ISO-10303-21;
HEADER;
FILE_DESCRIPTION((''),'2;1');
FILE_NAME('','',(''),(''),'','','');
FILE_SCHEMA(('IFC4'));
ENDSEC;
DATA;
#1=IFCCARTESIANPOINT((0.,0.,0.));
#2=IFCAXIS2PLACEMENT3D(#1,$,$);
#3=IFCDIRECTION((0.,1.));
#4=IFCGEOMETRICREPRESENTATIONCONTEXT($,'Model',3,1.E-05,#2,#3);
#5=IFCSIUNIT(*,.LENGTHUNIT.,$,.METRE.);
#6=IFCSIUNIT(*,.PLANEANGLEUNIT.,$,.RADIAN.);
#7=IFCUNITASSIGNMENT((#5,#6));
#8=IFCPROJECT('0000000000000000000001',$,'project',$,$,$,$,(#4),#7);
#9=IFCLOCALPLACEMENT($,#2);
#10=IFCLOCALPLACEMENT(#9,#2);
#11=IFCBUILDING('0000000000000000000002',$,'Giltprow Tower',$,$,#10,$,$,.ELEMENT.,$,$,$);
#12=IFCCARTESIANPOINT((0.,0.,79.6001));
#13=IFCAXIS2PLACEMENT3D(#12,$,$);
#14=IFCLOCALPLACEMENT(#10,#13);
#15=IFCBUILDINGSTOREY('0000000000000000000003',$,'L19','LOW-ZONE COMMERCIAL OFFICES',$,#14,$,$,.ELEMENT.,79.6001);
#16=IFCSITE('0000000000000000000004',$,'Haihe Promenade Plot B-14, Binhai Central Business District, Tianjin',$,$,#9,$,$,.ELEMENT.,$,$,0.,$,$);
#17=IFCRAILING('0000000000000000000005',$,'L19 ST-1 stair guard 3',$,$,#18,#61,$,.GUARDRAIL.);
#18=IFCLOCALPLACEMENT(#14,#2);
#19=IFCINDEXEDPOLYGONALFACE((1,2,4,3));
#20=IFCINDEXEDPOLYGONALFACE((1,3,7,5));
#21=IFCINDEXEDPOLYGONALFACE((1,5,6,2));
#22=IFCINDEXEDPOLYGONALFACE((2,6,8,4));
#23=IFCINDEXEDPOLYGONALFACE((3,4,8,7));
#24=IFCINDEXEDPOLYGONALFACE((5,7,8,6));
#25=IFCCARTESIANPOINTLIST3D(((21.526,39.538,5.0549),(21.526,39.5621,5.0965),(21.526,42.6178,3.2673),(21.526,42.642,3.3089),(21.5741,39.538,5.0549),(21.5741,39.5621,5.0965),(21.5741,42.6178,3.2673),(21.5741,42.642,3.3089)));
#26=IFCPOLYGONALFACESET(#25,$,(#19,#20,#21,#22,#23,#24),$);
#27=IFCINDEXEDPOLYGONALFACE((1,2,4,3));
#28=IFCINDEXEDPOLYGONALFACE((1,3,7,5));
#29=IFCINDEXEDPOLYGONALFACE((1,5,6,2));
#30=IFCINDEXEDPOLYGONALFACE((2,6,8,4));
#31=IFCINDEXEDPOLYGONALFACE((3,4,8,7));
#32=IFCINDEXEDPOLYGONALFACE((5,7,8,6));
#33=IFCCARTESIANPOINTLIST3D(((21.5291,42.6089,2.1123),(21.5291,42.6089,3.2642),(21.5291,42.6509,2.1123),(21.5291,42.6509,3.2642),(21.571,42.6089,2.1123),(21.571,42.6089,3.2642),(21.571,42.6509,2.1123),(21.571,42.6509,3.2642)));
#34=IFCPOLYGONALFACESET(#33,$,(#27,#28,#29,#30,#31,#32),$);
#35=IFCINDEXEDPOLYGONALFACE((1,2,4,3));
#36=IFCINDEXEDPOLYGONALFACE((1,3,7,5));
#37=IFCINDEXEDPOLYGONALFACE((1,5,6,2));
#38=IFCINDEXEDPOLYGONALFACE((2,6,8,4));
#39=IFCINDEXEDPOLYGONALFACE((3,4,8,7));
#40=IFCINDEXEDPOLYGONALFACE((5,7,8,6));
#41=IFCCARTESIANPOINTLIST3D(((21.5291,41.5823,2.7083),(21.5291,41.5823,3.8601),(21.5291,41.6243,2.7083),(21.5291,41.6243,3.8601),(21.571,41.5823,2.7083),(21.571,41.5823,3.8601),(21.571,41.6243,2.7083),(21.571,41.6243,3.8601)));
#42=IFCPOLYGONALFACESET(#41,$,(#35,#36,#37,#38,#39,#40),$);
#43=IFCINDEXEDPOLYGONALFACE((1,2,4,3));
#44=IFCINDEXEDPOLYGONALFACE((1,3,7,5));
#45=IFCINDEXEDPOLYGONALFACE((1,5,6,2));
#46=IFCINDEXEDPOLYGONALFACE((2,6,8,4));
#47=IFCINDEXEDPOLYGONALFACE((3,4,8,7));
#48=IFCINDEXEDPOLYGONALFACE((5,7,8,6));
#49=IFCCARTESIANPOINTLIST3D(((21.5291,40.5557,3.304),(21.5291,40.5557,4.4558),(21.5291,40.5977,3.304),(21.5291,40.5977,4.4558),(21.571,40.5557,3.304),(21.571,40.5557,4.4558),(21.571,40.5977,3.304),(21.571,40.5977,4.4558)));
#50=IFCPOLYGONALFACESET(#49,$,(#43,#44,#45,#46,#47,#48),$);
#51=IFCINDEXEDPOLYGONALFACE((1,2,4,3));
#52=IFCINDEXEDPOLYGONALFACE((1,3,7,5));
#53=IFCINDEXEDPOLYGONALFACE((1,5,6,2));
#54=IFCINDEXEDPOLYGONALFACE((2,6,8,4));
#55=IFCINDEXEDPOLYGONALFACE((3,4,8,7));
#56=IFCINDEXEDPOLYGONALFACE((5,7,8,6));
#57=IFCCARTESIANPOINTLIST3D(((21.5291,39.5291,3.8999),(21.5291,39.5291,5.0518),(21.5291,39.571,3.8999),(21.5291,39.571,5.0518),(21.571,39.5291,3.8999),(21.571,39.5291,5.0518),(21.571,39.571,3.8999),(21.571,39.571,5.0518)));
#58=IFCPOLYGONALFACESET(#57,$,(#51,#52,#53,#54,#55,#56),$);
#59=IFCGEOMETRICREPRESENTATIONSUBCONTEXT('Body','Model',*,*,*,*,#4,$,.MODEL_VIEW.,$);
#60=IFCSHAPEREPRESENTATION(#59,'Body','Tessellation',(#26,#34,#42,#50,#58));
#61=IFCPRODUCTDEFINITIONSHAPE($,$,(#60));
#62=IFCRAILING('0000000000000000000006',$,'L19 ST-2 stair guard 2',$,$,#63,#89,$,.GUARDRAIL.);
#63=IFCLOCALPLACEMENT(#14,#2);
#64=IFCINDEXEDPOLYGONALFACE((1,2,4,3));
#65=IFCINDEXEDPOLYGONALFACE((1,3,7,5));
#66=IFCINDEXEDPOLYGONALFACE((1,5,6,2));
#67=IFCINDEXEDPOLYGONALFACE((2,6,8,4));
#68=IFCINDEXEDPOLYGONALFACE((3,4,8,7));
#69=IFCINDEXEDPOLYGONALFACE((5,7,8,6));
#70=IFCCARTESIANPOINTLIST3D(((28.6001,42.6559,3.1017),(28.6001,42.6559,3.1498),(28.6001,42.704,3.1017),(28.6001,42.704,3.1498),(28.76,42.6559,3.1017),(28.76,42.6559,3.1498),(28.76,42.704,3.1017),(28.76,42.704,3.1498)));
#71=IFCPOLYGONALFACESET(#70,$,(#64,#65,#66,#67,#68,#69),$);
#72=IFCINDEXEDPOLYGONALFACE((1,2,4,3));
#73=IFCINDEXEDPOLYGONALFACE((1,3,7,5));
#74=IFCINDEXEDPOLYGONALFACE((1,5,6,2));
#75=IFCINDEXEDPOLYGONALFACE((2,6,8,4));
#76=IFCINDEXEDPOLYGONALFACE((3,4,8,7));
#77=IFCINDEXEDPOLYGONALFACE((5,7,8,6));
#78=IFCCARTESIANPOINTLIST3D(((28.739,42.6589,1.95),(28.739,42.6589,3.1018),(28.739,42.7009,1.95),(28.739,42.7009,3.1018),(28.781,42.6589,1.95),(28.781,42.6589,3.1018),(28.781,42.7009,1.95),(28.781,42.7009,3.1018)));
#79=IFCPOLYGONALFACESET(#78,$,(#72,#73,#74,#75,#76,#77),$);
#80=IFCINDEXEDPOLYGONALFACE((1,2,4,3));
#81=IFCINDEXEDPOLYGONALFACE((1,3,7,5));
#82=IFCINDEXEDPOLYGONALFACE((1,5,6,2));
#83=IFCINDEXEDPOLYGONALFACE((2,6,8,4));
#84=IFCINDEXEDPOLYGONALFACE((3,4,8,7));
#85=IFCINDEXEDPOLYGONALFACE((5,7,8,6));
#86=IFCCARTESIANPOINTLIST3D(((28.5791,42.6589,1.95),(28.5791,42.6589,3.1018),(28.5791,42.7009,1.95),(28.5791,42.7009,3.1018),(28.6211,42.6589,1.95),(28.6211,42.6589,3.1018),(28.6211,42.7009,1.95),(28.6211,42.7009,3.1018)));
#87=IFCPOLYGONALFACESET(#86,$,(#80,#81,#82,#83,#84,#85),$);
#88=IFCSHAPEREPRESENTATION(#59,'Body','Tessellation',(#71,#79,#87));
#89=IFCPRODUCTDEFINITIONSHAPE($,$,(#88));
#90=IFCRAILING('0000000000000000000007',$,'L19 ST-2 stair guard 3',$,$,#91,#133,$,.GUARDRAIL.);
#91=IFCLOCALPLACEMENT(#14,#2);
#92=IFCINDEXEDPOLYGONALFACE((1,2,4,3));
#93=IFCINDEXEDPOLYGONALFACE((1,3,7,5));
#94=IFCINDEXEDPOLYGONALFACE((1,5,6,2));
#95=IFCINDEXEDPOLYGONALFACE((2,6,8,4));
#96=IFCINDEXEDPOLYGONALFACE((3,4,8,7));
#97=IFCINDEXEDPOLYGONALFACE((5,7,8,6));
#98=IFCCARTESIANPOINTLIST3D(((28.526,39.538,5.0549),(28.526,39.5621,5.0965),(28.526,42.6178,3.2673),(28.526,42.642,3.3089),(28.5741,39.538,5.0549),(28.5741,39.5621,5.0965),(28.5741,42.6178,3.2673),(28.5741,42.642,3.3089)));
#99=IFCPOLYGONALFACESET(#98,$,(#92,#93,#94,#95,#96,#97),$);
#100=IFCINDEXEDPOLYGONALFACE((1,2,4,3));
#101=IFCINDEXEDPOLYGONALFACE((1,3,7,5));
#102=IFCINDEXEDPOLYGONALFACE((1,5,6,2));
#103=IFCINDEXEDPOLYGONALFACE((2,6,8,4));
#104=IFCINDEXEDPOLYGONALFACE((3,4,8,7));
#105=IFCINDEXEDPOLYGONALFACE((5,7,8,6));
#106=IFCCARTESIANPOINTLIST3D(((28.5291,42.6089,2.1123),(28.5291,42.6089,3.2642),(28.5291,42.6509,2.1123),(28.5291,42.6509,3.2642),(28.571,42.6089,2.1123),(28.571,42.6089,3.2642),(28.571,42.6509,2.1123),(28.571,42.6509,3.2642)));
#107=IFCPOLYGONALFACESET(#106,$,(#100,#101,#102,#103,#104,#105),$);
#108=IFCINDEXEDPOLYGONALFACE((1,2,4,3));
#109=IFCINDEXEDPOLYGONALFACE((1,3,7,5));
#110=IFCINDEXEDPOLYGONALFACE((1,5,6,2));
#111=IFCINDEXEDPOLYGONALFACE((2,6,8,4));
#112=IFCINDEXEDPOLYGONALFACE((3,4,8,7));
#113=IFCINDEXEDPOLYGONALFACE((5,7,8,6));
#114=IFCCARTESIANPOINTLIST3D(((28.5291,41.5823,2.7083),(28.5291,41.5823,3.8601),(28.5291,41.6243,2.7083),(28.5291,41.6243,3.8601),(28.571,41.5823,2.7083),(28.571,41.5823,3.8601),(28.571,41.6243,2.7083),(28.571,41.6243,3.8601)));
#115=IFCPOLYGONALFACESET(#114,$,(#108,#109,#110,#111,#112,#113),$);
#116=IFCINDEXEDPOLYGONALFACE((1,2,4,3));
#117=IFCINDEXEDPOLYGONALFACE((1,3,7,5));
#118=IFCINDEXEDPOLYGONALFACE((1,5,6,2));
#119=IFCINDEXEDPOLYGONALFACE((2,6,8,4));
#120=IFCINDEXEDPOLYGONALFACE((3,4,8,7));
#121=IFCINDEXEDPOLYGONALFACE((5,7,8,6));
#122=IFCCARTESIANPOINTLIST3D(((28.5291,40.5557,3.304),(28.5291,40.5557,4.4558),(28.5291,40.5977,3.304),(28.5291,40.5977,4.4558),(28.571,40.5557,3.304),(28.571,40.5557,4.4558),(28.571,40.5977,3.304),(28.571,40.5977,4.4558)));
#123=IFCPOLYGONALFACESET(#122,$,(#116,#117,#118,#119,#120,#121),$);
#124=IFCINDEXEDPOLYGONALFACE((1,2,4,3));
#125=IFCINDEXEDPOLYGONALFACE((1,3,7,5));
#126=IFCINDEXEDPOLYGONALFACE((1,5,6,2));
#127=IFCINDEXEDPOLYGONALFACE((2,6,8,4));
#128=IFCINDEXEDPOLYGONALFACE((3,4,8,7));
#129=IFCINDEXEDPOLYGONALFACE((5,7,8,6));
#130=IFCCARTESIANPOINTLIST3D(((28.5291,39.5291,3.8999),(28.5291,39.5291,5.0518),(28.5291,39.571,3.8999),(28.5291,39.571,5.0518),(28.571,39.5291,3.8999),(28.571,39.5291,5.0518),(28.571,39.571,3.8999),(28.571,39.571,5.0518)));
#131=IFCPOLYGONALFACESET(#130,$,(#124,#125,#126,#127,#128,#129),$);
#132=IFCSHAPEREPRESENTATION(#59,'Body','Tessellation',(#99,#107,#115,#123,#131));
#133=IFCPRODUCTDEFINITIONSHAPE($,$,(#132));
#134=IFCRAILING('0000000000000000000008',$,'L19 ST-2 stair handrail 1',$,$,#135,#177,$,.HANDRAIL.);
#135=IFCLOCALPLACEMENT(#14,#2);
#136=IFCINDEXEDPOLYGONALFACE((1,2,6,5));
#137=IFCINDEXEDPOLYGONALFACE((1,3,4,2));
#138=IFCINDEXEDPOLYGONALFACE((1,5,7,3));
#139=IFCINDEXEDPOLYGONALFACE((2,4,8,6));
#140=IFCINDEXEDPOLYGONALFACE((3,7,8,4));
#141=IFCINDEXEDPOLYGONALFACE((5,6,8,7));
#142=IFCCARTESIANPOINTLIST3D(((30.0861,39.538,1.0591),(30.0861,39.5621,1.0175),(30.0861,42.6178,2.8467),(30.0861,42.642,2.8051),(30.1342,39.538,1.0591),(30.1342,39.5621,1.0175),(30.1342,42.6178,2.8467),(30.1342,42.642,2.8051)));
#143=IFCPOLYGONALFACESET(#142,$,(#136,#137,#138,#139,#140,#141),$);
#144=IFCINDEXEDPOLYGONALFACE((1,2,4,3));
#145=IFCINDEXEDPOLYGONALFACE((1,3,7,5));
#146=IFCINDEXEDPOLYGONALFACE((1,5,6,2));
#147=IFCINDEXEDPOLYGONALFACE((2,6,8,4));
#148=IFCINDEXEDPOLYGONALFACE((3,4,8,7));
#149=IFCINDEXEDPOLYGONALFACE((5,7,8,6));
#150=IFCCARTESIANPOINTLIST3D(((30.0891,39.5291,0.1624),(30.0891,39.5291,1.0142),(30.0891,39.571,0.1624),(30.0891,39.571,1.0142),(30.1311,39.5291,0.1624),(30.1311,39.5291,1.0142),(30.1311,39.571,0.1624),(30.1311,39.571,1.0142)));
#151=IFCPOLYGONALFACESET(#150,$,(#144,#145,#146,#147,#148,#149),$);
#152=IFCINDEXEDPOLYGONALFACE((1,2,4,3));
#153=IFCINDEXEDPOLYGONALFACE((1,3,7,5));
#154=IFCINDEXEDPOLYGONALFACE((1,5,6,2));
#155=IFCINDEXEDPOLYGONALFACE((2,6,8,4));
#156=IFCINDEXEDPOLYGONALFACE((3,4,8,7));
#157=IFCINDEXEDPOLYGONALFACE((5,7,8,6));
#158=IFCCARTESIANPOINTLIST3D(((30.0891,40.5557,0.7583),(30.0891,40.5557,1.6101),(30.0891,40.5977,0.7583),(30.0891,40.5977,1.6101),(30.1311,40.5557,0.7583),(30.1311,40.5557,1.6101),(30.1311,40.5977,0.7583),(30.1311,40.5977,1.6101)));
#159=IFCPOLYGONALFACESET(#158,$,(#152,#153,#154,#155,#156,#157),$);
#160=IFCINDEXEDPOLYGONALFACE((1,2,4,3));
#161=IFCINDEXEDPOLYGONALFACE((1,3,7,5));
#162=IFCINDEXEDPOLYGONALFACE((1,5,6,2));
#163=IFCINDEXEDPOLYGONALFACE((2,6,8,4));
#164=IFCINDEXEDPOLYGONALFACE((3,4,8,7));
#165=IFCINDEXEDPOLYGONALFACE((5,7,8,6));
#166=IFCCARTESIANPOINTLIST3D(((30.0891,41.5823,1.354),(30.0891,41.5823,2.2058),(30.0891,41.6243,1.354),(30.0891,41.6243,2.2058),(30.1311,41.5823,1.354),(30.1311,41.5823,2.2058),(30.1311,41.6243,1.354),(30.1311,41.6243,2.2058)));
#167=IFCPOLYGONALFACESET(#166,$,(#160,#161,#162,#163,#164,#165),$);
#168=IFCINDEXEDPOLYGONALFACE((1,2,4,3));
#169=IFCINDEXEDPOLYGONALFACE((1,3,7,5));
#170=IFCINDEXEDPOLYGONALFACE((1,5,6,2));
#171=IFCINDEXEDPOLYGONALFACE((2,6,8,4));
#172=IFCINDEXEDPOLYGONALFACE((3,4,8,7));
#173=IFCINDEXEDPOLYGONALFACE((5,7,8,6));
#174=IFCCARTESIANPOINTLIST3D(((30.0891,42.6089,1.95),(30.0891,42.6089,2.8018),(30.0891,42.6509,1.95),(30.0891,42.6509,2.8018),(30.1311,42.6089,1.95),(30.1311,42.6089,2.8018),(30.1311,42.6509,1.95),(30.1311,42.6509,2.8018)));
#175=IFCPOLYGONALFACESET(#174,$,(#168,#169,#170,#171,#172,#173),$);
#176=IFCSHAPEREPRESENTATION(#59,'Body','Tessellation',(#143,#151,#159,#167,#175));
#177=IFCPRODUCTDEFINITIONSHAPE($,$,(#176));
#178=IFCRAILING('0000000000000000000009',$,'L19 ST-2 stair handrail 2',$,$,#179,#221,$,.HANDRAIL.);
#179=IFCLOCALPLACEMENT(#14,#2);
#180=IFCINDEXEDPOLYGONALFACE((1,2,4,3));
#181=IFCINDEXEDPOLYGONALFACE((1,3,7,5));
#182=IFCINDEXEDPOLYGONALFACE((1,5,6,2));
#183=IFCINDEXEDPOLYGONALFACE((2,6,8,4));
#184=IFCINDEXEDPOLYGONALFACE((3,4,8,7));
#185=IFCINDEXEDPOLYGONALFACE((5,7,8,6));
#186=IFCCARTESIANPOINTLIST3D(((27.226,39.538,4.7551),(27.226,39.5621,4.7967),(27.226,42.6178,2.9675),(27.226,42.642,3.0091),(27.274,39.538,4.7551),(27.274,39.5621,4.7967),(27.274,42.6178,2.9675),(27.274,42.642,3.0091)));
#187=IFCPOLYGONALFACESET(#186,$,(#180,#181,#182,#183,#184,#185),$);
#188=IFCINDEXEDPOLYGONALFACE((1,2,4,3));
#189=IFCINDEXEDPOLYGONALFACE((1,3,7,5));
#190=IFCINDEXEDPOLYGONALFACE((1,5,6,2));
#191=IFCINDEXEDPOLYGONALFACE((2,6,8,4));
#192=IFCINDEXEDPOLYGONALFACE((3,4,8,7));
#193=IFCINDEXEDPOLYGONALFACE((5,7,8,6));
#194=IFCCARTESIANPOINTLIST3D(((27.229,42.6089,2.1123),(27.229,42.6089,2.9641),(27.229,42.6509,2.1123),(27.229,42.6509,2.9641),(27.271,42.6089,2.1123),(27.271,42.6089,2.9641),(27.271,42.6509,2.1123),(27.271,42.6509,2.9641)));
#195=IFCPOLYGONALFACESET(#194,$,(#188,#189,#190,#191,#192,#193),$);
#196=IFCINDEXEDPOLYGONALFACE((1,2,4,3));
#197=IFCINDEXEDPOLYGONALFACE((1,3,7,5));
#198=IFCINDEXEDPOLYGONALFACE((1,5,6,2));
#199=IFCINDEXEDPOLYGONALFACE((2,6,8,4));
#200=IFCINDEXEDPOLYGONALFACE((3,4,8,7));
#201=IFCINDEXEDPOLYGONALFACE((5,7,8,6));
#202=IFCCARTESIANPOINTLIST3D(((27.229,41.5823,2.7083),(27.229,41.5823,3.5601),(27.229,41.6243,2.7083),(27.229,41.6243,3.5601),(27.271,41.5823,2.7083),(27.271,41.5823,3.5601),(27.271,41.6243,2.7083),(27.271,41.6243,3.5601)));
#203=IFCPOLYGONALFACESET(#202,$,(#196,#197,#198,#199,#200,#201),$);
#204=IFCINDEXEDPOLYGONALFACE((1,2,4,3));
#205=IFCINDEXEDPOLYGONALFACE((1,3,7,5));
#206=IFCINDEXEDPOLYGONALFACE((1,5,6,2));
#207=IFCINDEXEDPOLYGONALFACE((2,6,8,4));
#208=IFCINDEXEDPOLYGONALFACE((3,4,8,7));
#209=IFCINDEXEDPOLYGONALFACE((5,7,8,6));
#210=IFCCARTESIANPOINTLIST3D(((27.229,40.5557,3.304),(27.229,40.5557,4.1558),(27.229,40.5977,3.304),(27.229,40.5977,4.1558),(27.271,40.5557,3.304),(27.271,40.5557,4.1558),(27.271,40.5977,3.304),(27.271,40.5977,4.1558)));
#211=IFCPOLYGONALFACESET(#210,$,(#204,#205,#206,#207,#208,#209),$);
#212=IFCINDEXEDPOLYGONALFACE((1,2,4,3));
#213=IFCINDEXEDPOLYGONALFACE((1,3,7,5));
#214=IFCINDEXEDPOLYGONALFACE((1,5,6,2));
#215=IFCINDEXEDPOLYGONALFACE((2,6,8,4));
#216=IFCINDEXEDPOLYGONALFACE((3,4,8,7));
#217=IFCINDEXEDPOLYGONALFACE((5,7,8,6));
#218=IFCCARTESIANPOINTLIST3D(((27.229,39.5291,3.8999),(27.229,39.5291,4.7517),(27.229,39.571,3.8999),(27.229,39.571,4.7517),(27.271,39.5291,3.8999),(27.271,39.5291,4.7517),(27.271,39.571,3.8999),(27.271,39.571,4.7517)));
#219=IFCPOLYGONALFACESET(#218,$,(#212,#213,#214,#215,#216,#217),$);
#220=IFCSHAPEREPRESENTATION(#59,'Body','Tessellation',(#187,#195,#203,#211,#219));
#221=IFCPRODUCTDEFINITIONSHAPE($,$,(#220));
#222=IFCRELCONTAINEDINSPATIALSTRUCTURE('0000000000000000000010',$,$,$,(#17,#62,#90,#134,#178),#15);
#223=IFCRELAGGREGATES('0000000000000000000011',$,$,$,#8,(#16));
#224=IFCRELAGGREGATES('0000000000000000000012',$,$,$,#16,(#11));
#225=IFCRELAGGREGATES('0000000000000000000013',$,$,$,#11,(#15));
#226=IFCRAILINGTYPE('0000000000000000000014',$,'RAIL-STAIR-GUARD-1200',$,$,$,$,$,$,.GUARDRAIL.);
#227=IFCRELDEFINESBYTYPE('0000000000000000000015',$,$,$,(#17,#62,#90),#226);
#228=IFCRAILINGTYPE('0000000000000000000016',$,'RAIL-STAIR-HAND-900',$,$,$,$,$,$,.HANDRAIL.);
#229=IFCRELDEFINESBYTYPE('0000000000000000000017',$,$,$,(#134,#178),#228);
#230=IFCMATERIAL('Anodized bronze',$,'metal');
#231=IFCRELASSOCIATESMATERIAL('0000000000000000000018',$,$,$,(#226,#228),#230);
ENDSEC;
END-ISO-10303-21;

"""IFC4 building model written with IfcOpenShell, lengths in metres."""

from ifc_helpers import new_model, si_unit, direction, frame, origin, origin_2d, place, context, subcontext, project, spatial, rectangle, extrude, material, type_object, element, save


model = new_model("IFC4")

# Units and contexts
model_context = context("Model", 3, precision=1e-05, world=origin(), true_north=direction((0.0, 1.0)))
body_context = subcontext(model_context, "Body", "Model", "MODEL_VIEW")
ifc_project = project(units=[si_unit("LENGTHUNIT", "METRE"), si_unit("PLANEANGLEUNIT", "RADIAN")], contexts=[model_context])

# Site, building, storey
site_placement = place(None, origin())
site = spatial("IfcSite", under=ifc_project, at=site_placement, Name="Haihe Promenade Plot B-14, Binhai Central Business District, Tianjin", CompositionType="ELEMENT", RefElevation=0.0)
building_placement = place(site_placement, origin())
building = spatial("IfcBuilding", under=site, at=building_placement, Name="Giltprow Tower", CompositionType="ELEMENT")
storey_placement = place(building_placement, frame((0.0, 0.0, 79.6001)))
storey = spatial("IfcBuildingStorey", under=building, at=storey_placement, Name="L19", Description="LOW-ZONE COMMERCIAL OFFICES", CompositionType="ELEMENT", Elevation=79.6001)

# Railings
ifc_material_1 = material(Name="Anodized bronze", Category="metal")
railing_type_1 = type_object("IfcRailingType", Name="RAIL-STAIR-GUARD-1200", PredefinedType="GUARDRAIL", material=ifc_material_1)
railing_1_placement = place(storey_placement, frame((21.55, 42.6299, 2.1123)))
element("IfcRailing", 1, at=railing_1_placement, inside=storey, type_object=railing_type_1, Name="L19 ST-1 stair guard 3", PredefinedType="GUARDRAIL", context=body_context, shape_type="SweptSolid", body=[
    extrude(rectangle(XDim=0.0481, YDim=0.0481, at=origin_2d()), frame((0.0, 0.0, 1.1758), z_axis=(0.0, -0.864873, 0.50199), x_axis=(1.0, 0.0, 0.0)), (0.0, 0.0, 1.0), 3.561),
    extrude(rectangle(XDim=0.042, YDim=0.042, at=origin_2d()), origin(), (0.0, 0.0, 1.0), 1.1519),
    extrude(rectangle(XDim=0.042, YDim=0.042, at=origin_2d()), frame((0.0, -1.0266, 0.5959)), (0.0, 0.0, 1.0), 1.1519),
    extrude(rectangle(XDim=0.042, YDim=0.042, at=origin_2d()), frame((0.0, -2.0532, 1.1917)), (0.0, 0.0, 1.0), 1.1519),
    extrude(rectangle(XDim=0.042, YDim=0.042, at=origin_2d()), frame((0.0, -3.0798, 1.7876)), (0.0, 0.0, 1.0), 1.1519),
])
railing_2_placement = place(storey_placement, frame((28.76, 42.6799, 1.95)))
element("IfcRailing", 2, at=railing_2_placement, inside=storey, type_object=railing_type_1, Name="L19 ST-2 stair guard 2", PredefinedType="GUARDRAIL", context=body_context, shape_type="SweptSolid", body=[
    extrude(rectangle(XDim=0.0481, YDim=0.0481, at=origin_2d()), frame((0.0, 0.0, 1.1758), z_axis=(-1.0, 0.0, 0.0), x_axis=(0.0, -1.0, 0.0)), (0.0, 0.0, 1.0), 0.1599),
    extrude(rectangle(XDim=0.042, YDim=0.042, at=origin_2d()), origin(), (0.0, 0.0, 1.0), 1.1519),
    extrude(rectangle(XDim=0.042, YDim=0.042, at=origin_2d()), frame((-0.1599, 0.0, 0.0)), (0.0, 0.0, 1.0), 1.1519),
])
railing_3_placement = place(storey_placement, frame((28.55, 42.6299, 2.1123)))
element("IfcRailing", 3, at=railing_3_placement, inside=storey, type_object=railing_type_1, Name="L19 ST-2 stair guard 3", PredefinedType="GUARDRAIL", context=body_context, shape_type="SweptSolid", body=[
    extrude(rectangle(XDim=0.0481, YDim=0.0481, at=origin_2d()), frame((0.0, 0.0, 1.1758), z_axis=(0.0, -0.864873, 0.50199), x_axis=(1.0, 0.0, 0.0)), (0.0, 0.0, 1.0), 3.561),
    extrude(rectangle(XDim=0.042, YDim=0.042, at=origin_2d()), origin(), (0.0, 0.0, 1.0), 1.1519),
    extrude(rectangle(XDim=0.042, YDim=0.042, at=origin_2d()), frame((0.0, -1.0266, 0.5959)), (0.0, 0.0, 1.0), 1.1519),
    extrude(rectangle(XDim=0.042, YDim=0.042, at=origin_2d()), frame((0.0, -2.0532, 1.1917)), (0.0, 0.0, 1.0), 1.1519),
    extrude(rectangle(XDim=0.042, YDim=0.042, at=origin_2d()), frame((0.0, -3.0798, 1.7876)), (0.0, 0.0, 1.0), 1.1519),
])
railing_type_2 = type_object("IfcRailingType", Name="RAIL-STAIR-HAND-900", PredefinedType="HANDRAIL", material=ifc_material_1)
railing_4_placement = place(storey_placement, frame((30.1101, 39.55, 0.1624)))
element("IfcRailing", 4, at=railing_4_placement, inside=storey, type_object=railing_type_2, Name="L19 ST-2 stair handrail 1", PredefinedType="HANDRAIL", context=body_context, shape_type="SweptSolid", body=[
    extrude(rectangle(XDim=0.0481, YDim=0.0481, at=origin_2d()), frame((0.0, 0.0, 0.876), z_axis=(0.0, 0.864873, 0.50199), x_axis=(-1.0, 0.0, 0.0)), (0.0, 0.0, 1.0), 3.561),
    extrude(rectangle(XDim=0.042, YDim=0.042, at=origin_2d()), origin(), (0.0, 0.0, 1.0), 0.8518),
    extrude(rectangle(XDim=0.042, YDim=0.042, at=origin_2d()), frame((0.0, 1.0266, 0.5959)), (0.0, 0.0, 1.0), 0.8518),
    extrude(rectangle(XDim=0.042, YDim=0.042, at=origin_2d()), frame((0.0, 2.0532, 1.1917)), (0.0, 0.0, 1.0), 0.8518),
    extrude(rectangle(XDim=0.042, YDim=0.042, at=origin_2d()), frame((0.0, 3.0798, 1.7876)), (0.0, 0.0, 1.0), 0.8518),
])
railing_5_placement = place(storey_placement, frame((27.25, 42.6299, 2.1123)))
element("IfcRailing", 5, at=railing_5_placement, inside=storey, type_object=railing_type_2, Name="L19 ST-2 stair handrail 2", PredefinedType="HANDRAIL", context=body_context, shape_type="SweptSolid", body=[
    extrude(rectangle(XDim=0.0481, YDim=0.0481, at=origin_2d()), frame((0.0, 0.0, 0.876), z_axis=(0.0, -0.864873, 0.50199), x_axis=(1.0, 0.0, 0.0)), (0.0, 0.0, 1.0), 3.561),
    extrude(rectangle(XDim=0.042, YDim=0.042, at=origin_2d()), origin(), (0.0, 0.0, 1.0), 0.8518),
    extrude(rectangle(XDim=0.042, YDim=0.042, at=origin_2d()), frame((0.0, -1.0266, 0.5959)), (0.0, 0.0, 1.0), 0.8518),
    extrude(rectangle(XDim=0.042, YDim=0.042, at=origin_2d()), frame((0.0, -2.0532, 1.1917)), (0.0, 0.0, 1.0), 0.8518),
    extrude(rectangle(XDim=0.042, YDim=0.042, at=origin_2d()), frame((0.0, -3.0798, 1.7876)), (0.0, 0.0, 1.0), 0.8518),
])

save(model, "model.ifc")
